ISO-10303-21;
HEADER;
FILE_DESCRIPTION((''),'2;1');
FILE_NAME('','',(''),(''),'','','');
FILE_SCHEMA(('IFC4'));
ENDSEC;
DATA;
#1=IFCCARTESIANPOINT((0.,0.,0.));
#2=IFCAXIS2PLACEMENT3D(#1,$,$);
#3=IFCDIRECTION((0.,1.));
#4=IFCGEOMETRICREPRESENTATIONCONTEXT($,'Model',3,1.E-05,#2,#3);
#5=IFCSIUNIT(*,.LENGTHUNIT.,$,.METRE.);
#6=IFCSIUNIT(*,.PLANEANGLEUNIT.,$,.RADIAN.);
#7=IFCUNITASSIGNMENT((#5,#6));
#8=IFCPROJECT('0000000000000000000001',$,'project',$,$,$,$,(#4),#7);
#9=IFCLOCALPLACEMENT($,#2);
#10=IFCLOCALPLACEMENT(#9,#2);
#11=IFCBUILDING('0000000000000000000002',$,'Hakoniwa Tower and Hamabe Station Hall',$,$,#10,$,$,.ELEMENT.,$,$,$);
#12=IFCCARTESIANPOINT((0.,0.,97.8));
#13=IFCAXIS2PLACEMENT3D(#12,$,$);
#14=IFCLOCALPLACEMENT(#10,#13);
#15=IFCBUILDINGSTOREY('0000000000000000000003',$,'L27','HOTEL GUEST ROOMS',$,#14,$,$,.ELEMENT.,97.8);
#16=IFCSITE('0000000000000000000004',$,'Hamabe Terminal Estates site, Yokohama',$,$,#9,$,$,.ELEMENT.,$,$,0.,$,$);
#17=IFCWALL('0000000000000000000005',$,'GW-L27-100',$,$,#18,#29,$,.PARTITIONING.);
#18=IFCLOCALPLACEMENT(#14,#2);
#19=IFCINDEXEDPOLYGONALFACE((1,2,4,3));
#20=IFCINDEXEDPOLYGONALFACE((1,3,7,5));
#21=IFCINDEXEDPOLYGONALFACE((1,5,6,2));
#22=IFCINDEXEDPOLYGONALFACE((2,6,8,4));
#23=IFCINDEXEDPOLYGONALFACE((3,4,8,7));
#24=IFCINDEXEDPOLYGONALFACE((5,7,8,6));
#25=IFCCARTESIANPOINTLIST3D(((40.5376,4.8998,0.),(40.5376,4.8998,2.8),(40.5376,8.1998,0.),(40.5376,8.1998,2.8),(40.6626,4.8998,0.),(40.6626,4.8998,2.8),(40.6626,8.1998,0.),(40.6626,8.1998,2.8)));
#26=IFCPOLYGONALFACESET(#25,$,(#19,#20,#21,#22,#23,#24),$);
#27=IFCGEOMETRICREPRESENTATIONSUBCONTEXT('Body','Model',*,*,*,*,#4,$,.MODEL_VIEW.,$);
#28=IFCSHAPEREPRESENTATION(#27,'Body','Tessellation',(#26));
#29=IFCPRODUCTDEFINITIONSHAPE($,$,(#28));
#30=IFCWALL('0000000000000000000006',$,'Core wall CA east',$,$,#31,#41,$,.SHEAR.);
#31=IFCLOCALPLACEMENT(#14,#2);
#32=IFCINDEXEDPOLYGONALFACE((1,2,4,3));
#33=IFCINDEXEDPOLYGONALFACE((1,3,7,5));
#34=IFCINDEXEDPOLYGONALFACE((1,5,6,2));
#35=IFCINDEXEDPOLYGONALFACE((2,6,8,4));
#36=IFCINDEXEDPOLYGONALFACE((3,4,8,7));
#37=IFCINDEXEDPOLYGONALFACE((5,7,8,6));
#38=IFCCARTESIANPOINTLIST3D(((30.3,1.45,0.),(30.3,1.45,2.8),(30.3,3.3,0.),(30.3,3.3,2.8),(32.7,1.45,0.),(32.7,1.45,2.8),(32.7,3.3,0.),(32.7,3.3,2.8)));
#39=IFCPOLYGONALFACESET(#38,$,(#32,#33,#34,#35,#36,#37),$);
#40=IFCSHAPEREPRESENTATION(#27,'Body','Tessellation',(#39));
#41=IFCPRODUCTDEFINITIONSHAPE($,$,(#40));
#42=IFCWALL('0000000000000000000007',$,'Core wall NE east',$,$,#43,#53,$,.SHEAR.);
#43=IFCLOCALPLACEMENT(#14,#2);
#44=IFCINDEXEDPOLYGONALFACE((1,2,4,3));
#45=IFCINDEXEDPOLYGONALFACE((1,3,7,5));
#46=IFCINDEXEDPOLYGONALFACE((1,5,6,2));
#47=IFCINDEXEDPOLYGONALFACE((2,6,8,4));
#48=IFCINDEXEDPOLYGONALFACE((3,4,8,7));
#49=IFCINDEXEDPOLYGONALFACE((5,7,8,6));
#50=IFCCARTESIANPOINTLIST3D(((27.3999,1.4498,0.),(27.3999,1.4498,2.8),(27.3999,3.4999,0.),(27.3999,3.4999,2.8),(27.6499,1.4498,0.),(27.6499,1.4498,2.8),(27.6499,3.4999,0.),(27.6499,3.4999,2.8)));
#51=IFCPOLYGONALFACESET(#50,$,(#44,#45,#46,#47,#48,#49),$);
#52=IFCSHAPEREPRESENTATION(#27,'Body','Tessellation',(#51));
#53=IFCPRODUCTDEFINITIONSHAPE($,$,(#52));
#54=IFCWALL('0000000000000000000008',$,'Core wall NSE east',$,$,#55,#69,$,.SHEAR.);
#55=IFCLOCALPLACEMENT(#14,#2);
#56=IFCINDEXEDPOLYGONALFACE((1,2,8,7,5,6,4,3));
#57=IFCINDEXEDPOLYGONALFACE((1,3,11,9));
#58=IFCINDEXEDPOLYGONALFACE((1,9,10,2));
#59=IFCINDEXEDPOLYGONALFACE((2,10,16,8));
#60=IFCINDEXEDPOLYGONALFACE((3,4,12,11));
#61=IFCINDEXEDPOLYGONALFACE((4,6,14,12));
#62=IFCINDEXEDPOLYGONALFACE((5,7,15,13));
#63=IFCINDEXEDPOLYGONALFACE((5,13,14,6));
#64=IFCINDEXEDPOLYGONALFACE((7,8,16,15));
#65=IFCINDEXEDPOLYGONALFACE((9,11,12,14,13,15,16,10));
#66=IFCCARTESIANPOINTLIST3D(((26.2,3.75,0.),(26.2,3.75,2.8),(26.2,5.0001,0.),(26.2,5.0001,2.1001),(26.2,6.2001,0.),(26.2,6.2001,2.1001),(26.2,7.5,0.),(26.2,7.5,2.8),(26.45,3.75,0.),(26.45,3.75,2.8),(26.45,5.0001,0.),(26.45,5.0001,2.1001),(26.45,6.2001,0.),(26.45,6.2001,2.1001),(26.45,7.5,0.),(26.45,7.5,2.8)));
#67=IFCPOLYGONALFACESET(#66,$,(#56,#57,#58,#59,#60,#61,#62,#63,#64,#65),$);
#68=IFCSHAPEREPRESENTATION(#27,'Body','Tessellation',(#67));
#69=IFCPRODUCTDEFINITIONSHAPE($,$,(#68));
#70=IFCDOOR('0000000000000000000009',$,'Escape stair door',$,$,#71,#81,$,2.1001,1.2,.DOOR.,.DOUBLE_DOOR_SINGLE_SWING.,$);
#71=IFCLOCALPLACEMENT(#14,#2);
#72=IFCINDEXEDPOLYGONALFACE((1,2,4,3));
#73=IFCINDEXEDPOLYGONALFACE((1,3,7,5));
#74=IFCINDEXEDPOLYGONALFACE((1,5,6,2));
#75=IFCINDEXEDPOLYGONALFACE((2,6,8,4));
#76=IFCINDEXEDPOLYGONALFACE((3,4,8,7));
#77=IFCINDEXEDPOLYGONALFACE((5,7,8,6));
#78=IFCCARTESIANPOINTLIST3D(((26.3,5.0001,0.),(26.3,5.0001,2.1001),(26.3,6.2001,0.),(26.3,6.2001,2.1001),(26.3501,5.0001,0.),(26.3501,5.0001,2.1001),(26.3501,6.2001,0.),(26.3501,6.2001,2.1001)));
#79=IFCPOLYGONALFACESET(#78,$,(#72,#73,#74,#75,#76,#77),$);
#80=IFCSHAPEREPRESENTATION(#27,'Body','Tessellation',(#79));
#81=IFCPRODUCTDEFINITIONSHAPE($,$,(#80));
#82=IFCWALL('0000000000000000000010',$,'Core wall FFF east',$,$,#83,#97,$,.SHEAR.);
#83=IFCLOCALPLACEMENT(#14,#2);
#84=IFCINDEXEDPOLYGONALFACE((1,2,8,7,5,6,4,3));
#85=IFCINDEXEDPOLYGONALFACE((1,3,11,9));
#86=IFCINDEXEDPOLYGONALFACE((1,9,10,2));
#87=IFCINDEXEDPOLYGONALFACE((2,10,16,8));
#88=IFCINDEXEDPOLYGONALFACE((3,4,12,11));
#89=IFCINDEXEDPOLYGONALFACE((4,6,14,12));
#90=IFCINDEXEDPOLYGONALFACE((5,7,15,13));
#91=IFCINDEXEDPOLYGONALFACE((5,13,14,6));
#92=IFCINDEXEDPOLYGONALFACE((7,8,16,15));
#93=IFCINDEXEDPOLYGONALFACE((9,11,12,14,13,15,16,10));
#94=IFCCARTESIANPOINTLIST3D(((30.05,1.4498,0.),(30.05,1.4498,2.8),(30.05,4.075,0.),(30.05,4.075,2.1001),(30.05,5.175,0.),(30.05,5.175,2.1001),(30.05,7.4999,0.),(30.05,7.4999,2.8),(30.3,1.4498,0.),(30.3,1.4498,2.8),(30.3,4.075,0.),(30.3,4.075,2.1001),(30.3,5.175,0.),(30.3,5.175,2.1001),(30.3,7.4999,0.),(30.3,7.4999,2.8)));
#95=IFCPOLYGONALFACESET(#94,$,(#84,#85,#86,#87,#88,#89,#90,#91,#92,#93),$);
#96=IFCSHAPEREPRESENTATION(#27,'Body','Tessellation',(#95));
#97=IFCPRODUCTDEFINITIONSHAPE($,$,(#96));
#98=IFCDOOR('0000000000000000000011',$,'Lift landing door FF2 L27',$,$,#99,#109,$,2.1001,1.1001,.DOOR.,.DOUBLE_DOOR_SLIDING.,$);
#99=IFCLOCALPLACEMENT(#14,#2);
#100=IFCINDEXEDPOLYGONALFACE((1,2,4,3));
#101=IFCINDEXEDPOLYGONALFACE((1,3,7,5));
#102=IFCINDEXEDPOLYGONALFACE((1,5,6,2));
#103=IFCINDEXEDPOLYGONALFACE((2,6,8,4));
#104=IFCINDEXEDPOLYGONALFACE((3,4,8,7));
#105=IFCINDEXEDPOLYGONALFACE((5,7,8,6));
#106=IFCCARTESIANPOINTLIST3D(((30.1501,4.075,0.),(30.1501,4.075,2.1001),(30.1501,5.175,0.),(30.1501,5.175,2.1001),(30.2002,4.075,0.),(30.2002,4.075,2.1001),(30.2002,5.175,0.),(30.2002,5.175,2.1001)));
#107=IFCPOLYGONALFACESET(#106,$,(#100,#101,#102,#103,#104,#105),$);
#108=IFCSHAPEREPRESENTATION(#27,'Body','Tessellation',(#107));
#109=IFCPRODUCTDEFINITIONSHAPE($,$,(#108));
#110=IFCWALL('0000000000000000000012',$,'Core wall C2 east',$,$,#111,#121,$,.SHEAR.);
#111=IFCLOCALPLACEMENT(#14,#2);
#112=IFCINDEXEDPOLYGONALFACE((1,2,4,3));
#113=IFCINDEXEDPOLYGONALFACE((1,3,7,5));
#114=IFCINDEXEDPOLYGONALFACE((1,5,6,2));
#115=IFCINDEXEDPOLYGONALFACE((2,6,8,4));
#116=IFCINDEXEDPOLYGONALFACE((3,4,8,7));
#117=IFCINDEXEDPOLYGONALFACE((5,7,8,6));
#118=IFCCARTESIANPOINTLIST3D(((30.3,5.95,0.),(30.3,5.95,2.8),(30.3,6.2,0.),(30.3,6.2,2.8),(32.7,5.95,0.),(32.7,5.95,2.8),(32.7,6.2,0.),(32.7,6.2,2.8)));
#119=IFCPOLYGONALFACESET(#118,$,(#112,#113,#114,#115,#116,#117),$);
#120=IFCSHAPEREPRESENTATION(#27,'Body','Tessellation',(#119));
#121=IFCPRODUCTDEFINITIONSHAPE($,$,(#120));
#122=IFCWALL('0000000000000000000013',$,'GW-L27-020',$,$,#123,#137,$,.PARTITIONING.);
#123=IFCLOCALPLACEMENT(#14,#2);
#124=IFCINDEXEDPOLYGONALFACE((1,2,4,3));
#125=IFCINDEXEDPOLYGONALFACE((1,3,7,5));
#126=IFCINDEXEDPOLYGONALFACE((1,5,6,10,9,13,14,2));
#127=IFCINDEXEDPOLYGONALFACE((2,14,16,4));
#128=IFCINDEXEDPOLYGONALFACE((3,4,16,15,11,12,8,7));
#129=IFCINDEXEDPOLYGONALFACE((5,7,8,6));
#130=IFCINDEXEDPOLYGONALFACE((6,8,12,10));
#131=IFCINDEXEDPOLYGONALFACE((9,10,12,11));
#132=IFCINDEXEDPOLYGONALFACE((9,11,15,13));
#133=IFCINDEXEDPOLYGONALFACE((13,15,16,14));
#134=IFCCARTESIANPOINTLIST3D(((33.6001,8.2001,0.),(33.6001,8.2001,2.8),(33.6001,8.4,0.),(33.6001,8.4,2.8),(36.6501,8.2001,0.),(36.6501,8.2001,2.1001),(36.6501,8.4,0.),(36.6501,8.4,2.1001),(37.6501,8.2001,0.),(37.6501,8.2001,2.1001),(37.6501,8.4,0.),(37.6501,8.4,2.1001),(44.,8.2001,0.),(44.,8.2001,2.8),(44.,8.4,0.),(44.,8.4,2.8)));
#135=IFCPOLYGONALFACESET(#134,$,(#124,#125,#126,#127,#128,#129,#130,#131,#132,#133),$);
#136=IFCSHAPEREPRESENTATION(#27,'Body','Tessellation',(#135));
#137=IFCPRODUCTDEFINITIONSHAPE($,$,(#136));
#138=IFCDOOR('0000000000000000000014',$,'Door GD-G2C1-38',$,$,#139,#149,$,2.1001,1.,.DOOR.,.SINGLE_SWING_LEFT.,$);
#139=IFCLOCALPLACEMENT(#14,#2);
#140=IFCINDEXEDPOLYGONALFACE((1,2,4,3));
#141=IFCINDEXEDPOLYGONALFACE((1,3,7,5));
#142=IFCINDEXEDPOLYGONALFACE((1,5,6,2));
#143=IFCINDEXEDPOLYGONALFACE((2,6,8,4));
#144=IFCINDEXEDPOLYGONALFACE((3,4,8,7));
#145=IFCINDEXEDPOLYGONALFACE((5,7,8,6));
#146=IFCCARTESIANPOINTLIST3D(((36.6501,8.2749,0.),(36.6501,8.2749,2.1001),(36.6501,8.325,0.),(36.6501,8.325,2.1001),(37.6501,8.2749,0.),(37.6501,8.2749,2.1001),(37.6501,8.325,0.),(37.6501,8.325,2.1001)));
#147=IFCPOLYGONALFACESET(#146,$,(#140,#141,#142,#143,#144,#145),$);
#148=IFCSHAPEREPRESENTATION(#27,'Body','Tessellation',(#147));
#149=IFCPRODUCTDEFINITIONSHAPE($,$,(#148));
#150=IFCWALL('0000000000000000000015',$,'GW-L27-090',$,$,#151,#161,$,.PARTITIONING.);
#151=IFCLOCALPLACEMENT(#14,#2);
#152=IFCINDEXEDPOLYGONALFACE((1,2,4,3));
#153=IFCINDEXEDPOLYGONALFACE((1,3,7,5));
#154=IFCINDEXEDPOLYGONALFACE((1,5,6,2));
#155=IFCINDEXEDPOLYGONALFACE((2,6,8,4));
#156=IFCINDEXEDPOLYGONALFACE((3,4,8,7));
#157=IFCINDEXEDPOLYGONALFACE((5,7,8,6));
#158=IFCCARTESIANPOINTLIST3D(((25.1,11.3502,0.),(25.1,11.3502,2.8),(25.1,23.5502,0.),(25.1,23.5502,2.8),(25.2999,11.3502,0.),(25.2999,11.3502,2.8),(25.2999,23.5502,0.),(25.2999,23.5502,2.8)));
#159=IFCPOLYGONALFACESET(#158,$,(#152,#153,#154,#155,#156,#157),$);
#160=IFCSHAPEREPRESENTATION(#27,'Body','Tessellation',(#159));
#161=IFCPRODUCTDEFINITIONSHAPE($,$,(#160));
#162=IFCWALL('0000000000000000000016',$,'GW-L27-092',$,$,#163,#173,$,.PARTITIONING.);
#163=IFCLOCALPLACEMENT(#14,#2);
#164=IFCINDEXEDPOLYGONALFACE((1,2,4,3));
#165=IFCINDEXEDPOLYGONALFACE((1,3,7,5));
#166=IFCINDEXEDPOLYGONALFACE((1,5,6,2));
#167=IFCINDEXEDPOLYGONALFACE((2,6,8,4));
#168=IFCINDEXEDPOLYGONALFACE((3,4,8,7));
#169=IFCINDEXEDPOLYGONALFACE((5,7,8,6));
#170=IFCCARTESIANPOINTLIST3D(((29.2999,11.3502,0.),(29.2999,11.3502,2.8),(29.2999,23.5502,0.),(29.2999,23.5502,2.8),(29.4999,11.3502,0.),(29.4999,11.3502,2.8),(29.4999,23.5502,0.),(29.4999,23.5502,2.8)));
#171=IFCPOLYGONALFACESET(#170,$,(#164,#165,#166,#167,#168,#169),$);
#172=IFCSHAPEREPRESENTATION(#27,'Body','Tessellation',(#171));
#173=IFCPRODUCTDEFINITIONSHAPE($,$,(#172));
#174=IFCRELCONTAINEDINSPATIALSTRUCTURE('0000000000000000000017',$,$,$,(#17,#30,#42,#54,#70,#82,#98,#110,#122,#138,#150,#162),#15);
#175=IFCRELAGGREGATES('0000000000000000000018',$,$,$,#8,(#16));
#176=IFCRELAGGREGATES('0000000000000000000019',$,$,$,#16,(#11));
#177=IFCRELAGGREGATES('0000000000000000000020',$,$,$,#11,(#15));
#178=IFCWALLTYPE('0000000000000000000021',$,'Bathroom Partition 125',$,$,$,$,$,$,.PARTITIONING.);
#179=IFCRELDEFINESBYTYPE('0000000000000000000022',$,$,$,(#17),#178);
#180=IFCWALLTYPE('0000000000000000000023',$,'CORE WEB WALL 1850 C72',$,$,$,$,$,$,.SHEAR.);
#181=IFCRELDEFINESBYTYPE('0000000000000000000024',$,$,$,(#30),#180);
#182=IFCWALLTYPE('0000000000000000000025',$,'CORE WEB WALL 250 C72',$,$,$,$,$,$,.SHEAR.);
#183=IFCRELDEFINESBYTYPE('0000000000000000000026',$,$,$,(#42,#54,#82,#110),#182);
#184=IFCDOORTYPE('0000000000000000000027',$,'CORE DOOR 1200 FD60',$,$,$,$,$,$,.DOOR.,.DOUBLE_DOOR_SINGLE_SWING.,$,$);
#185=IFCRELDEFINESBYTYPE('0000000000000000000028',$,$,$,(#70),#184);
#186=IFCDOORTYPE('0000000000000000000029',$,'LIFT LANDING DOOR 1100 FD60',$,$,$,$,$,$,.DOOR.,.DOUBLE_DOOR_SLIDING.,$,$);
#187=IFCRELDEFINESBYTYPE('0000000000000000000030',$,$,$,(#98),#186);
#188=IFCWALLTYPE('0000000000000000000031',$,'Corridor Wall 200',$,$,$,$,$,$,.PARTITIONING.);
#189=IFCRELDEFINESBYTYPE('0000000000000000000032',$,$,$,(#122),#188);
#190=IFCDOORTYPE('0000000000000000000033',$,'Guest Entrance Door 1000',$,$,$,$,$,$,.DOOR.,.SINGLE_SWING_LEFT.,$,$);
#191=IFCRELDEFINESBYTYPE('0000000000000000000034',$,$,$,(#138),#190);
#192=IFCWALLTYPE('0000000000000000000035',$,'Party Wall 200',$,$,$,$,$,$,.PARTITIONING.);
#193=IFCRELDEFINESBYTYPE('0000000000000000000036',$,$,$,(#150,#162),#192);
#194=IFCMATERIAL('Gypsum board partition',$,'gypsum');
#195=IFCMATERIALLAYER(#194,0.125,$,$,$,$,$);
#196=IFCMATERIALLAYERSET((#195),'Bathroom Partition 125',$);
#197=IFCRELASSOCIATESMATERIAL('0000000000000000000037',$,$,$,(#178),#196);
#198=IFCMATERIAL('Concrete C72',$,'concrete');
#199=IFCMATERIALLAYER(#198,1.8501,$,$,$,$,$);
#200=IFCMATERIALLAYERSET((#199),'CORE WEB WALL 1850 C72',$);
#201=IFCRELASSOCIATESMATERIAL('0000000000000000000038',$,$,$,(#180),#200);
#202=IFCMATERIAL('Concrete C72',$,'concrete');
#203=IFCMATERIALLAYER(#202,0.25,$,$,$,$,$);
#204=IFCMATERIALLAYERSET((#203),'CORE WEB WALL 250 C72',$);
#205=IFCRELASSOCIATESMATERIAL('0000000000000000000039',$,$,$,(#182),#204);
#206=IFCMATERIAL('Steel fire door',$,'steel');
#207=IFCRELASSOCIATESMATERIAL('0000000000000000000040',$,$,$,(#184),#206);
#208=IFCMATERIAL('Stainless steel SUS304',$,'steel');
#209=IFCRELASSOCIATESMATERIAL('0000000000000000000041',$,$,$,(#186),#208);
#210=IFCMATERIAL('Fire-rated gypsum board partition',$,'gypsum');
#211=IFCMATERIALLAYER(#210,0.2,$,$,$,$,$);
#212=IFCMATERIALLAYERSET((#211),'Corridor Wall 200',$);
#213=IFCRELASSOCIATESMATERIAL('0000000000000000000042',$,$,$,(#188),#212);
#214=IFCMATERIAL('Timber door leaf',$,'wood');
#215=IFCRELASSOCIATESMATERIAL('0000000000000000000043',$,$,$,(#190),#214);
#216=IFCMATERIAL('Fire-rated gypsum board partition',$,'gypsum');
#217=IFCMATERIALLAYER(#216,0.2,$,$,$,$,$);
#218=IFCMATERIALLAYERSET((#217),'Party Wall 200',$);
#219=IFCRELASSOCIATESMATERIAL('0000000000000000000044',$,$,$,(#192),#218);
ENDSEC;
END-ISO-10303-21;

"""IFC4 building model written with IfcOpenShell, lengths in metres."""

from ifc_helpers import new_model, si_unit, direction, frame, frame_2d, origin, place, context, subcontext, project, spatial, rectangle, extrude, material, layer, layer_set, type_object, element, fill, save


model = new_model("IFC4")

# Units and contexts
model_context = context("Model", 3, precision=1e-05, world=origin(), true_north=direction((0.0, 1.0)))
body_context = subcontext(model_context, "Body", "Model", "MODEL_VIEW")
ifc_project = project(units=[si_unit("LENGTHUNIT", "METRE"), si_unit("PLANEANGLEUNIT", "RADIAN")], contexts=[model_context])

# Site, building, storey
site_placement = place(None, origin())
site = spatial("IfcSite", under=ifc_project, at=site_placement, Name="Hamabe Terminal Estates site, Yokohama", CompositionType="ELEMENT", RefElevation=0.0)
building_placement = place(site_placement, origin())
building = spatial("IfcBuilding", under=site, at=building_placement, Name="Hakoniwa Tower and Hamabe Station Hall", CompositionType="ELEMENT")
storey_placement = place(building_placement, frame((0.0, 0.0, 97.8)))
storey = spatial("IfcBuildingStorey", under=building, at=storey_placement, Name="L27", Description="HOTEL GUEST ROOMS", CompositionType="ELEMENT", Elevation=97.8)

# Shared definitions
ifc_material_1 = material(Name="Gypsum board partition", Category="gypsum")
ifc_layer_1 = layer(ifc_material_1, 0.125)
ifc_layer_set_1 = layer_set([ifc_layer_1], Name="Bathroom Partition 125")
wall_type_1 = type_object("IfcWallType", Name="Bathroom Partition 125", PredefinedType="PARTITIONING", material=ifc_layer_set_1)

# Walls
wall_1_placement = place(storey_placement, frame((40.6001, 4.8999, 0.0), z_axis=(0.0, 0.0, 1.0), x_axis=(0.0, 1.0, 0.0)))
element("IfcWall", 1, at=wall_1_placement, inside=storey, type_object=wall_type_1, Name="GW-L27-100", PredefinedType="PARTITIONING", context=body_context, shape_type="SweptSolid", body=[
    extrude(rectangle(XDim=3.3, YDim=0.125, at=frame_2d((1.6499, 0.0))), origin(), (0.0, 0.0, 1.0), 2.8),
])
ifc_material_2 = material(Name="Concrete C72", Category="concrete")
ifc_layer_2 = layer(ifc_material_2, 1.8501)
ifc_layer_set_2 = layer_set([ifc_layer_2], Name="CORE WEB WALL 1850 C72")
wall_type_2 = type_object("IfcWallType", Name="CORE WEB WALL 1850 C72", PredefinedType="SHEAR", material=ifc_layer_set_2)
wall_2_placement = place(storey_placement, frame((30.3, 2.375, 0.0), z_axis=(0.0, 0.0, 1.0), x_axis=(1.0, 0.0, 0.0)))
element("IfcWall", 2, at=wall_2_placement, inside=storey, type_object=wall_type_2, Name="Core wall CA east", PredefinedType="SHEAR", context=body_context, shape_type="SweptSolid", body=[
    extrude(rectangle(XDim=2.3999, YDim=1.8501, at=frame_2d((1.2, 0.0))), origin(), (0.0, 0.0, 1.0), 2.8),
])
ifc_material_3 = material(Name="Concrete C72", Category="concrete")
ifc_layer_3 = layer(ifc_material_3, 0.25)
ifc_layer_set_3 = layer_set([ifc_layer_3], Name="CORE WEB WALL 250 C72")
wall_type_3 = type_object("IfcWallType", Name="CORE WEB WALL 250 C72", PredefinedType="SHEAR", material=ifc_layer_set_3)
wall_3_placement = place(storey_placement, frame((27.5249, 1.45, 0.0), z_axis=(0.0, 0.0, 1.0), x_axis=(0.0, 1.0, 0.0)))
element("IfcWall", 3, at=wall_3_placement, inside=storey, type_object=wall_type_3, Name="Core wall NE east", PredefinedType="SHEAR", context=body_context, shape_type="SweptSolid", body=[
    extrude(rectangle(XDim=2.05, YDim=0.25, at=frame_2d((1.0249, 0.0))), origin(), (0.0, 0.0, 1.0), 2.8),
])

# Walls, openings, doors
wall_4_placement = place(storey_placement, frame((26.325, 3.75, 0.0), z_axis=(0.0, 0.0, 1.0), x_axis=(0.0, 1.0, 0.0)))
wall_4 = element("IfcWall", 4, at=wall_4_placement, inside=storey, type_object=wall_type_3, Name="Core wall NSE east", PredefinedType="SHEAR", context=body_context, shape_type="SweptSolid", body=[
    extrude(rectangle(XDim=3.75, YDim=0.25, at=frame_2d((1.875, 0.0))), origin(), (0.0, 0.0, 1.0), 2.8),
])
opening_1_placement = place(wall_4_placement, frame((1.25, 0.0, 0.0)))
opening_1 = element("IfcOpeningElement", 5, at=opening_1_placement, cuts=wall_4, PredefinedType="OPENING", context=body_context, shape_type="SweptSolid", body=[
    extrude(rectangle(XDim=1.2, YDim=2.1001, at=frame_2d((0.6001, 1.05))), frame((0.0, 0.135, 0.0), z_axis=(0.0, -1.0, 0.0), x_axis=(1.0, 0.0, 0.0)), (0.0, 0.0, 1.0), 0.27),
])
ifc_material_4 = material(Name="Steel fire door", Category="steel")
door_type_1 = type_object("IfcDoorType", Name="CORE DOOR 1200 FD60", OperationType="DOUBLE_DOOR_SINGLE_SWING", PredefinedType="DOOR", material=ifc_material_4)
door_1_placement = place(opening_1_placement, origin())
door_1 = element("IfcDoor", 6, at=door_1_placement, inside=storey, type_object=door_type_1, Name="Escape stair door", OperationType="DOUBLE_DOOR_SINGLE_SWING", OverallHeight=2.1001, OverallWidth=1.2, PredefinedType="DOOR", context=body_context, shape_type="SweptSolid", body=[
    extrude(rectangle(XDim=1.2, YDim=2.1001, at=frame_2d((0.6001, 1.05))), frame((0.0, 0.0249, 0.0), z_axis=(0.0, -1.0, 0.0), x_axis=(1.0, 0.0, 0.0)), (0.0, 0.0, 1.0), 0.05),
])
fill(opening_1, door_1)
wall_5_placement = place(storey_placement, frame((30.175, 1.45, 0.0), z_axis=(0.0, 0.0, 1.0), x_axis=(0.0, 1.0, 0.0)))
wall_5 = element("IfcWall", 7, at=wall_5_placement, inside=storey, type_object=wall_type_3, Name="Core wall FFF east", PredefinedType="SHEAR", context=body_context, shape_type="SweptSolid", body=[
    extrude(rectangle(XDim=6.05, YDim=0.25, at=frame_2d((3.0249, 0.0))), origin(), (0.0, 0.0, 1.0), 2.8),
])
opening_2_placement = place(wall_5_placement, frame((2.625, 0.0, 0.0)))
opening_2 = element("IfcOpeningElement", 8, at=opening_2_placement, cuts=wall_5, PredefinedType="OPENING", context=body_context, shape_type="SweptSolid", body=[
    extrude(rectangle(XDim=1.1001, YDim=2.1001, at=frame_2d((0.55, 1.05))), frame((0.0, 0.135, 0.0), z_axis=(0.0, -1.0, 0.0), x_axis=(1.0, 0.0, 0.0)), (0.0, 0.0, 1.0), 0.27),
])
ifc_material_5 = material(Name="Stainless steel SUS304", Category="steel")
door_type_2 = type_object("IfcDoorType", Name="LIFT LANDING DOOR 1100 FD60", OperationType="DOUBLE_DOOR_SLIDING", PredefinedType="DOOR", material=ifc_material_5)
door_2_placement = place(opening_2_placement, origin())
door_2 = element("IfcDoor", 9, at=door_2_placement, inside=storey, type_object=door_type_2, Name="Lift landing door FF2 L27", OperationType="DOUBLE_DOOR_SLIDING", OverallHeight=2.1001, OverallWidth=1.1001, PredefinedType="DOOR", context=body_context, shape_type="SweptSolid", body=[
    extrude(rectangle(XDim=1.1001, YDim=2.1001, at=frame_2d((0.55, 1.05))), frame((0.0, 0.0249, 0.0), z_axis=(0.0, -1.0, 0.0), x_axis=(1.0, 0.0, 0.0)), (0.0, 0.0, 1.0), 0.05),
])
fill(opening_2, door_2)

# Wall
wall_6_placement = place(storey_placement, frame((30.3, 6.075, 0.0), z_axis=(0.0, 0.0, 1.0), x_axis=(1.0, 0.0, 0.0)))
element("IfcWall", 10, at=wall_6_placement, inside=storey, type_object=wall_type_3, Name="Core wall C2 east", PredefinedType="SHEAR", context=body_context, shape_type="SweptSolid", body=[
    extrude(rectangle(XDim=2.3999, YDim=0.25, at=frame_2d((1.2, 0.0))), origin(), (0.0, 0.0, 1.0), 2.8),
])

# Wall, opening, door
ifc_material_6 = material(Name="Fire-rated gypsum board partition", Category="gypsum")
ifc_layer_4 = layer(ifc_material_6, 0.2)
ifc_layer_set_4 = layer_set([ifc_layer_4], Name="Corridor Wall 200")
wall_type_4 = type_object("IfcWallType", Name="Corridor Wall 200", PredefinedType="PARTITIONING", material=ifc_layer_set_4)
wall_7_placement = place(storey_placement, frame((33.6001, 8.3, 0.0), z_axis=(0.0, 0.0, 1.0), x_axis=(1.0, 0.0, 0.0)))
wall_7 = element("IfcWall", 11, at=wall_7_placement, inside=storey, type_object=wall_type_4, Name="GW-L27-020", PredefinedType="PARTITIONING", context=body_context, shape_type="SweptSolid", body=[
    extrude(rectangle(XDim=10.3999, YDim=0.2, at=frame_2d((5.2, 0.0))), origin(), (0.0, 0.0, 1.0), 2.8),
])
opening_3_placement = place(wall_7_placement, frame((3.05, 0.0, 0.0)))
opening_3 = element("IfcOpeningElement", 12, at=opening_3_placement, cuts=wall_7, PredefinedType="OPENING", context=body_context, shape_type="SweptSolid", body=[
    extrude(rectangle(XDim=1.0, YDim=2.1001, at=frame_2d((0.5, 1.05))), frame((0.0, 0.1099, 0.0), z_axis=(0.0, -1.0, 0.0), x_axis=(1.0, 0.0, 0.0)), (0.0, 0.0, 1.0), 0.22),
])
ifc_material_7 = material(Name="Timber door leaf", Category="wood")
door_type_3 = type_object("IfcDoorType", Name="Guest Entrance Door 1000", OperationType="SINGLE_SWING_LEFT", PredefinedType="DOOR", material=ifc_material_7)
door_3_placement = place(opening_3_placement, origin())
door_3 = element("IfcDoor", 13, at=door_3_placement, inside=storey, type_object=door_type_3, Name="Door GD-G2C1-38", OperationType="SINGLE_SWING_LEFT", OverallHeight=2.1001, OverallWidth=1.0, PredefinedType="DOOR", context=body_context, shape_type="SweptSolid", body=[
    extrude(rectangle(XDim=1.0, YDim=2.1001, at=frame_2d((0.5, 1.05))), frame((0.0, 0.0249, 0.0), z_axis=(0.0, -1.0, 0.0), x_axis=(1.0, 0.0, 0.0)), (0.0, 0.0, 1.0), 0.05),
])
fill(opening_3, door_3)

# Walls
ifc_material_8 = material(Name="Fire-rated gypsum board partition", Category="gypsum")
ifc_layer_5 = layer(ifc_material_8, 0.2)
ifc_layer_set_5 = layer_set([ifc_layer_5], Name="Party Wall 200")
wall_type_5 = type_object("IfcWallType", Name="Party Wall 200", PredefinedType="PARTITIONING", material=ifc_layer_set_5)
for number, where, z_axis, x_axis, name in (
    (14, (25.2, 11.3501, 0.0), (0.0, 0.0, 1.0), (0.0, 1.0, 0.0), "GW-L27-090"),
    (15, (29.3999, 11.3501, 0.0), (0.0, 0.0, 1.0), (0.0, 1.0, 0.0), "GW-L27-092"),
):
    element("IfcWall", number, at=place(storey_placement, frame(where, z_axis=z_axis, x_axis=x_axis)), inside=storey, type_object=wall_type_5, Name=name, PredefinedType="PARTITIONING", context=body_context, shape_type="SweptSolid", body=[
        extrude(rectangle(XDim=12.2, YDim=0.2, at=frame_2d((6.1001, 0.0))), origin(), (0.0, 0.0, 1.0), 2.8),
    ])

save(model, "model.ifc")
